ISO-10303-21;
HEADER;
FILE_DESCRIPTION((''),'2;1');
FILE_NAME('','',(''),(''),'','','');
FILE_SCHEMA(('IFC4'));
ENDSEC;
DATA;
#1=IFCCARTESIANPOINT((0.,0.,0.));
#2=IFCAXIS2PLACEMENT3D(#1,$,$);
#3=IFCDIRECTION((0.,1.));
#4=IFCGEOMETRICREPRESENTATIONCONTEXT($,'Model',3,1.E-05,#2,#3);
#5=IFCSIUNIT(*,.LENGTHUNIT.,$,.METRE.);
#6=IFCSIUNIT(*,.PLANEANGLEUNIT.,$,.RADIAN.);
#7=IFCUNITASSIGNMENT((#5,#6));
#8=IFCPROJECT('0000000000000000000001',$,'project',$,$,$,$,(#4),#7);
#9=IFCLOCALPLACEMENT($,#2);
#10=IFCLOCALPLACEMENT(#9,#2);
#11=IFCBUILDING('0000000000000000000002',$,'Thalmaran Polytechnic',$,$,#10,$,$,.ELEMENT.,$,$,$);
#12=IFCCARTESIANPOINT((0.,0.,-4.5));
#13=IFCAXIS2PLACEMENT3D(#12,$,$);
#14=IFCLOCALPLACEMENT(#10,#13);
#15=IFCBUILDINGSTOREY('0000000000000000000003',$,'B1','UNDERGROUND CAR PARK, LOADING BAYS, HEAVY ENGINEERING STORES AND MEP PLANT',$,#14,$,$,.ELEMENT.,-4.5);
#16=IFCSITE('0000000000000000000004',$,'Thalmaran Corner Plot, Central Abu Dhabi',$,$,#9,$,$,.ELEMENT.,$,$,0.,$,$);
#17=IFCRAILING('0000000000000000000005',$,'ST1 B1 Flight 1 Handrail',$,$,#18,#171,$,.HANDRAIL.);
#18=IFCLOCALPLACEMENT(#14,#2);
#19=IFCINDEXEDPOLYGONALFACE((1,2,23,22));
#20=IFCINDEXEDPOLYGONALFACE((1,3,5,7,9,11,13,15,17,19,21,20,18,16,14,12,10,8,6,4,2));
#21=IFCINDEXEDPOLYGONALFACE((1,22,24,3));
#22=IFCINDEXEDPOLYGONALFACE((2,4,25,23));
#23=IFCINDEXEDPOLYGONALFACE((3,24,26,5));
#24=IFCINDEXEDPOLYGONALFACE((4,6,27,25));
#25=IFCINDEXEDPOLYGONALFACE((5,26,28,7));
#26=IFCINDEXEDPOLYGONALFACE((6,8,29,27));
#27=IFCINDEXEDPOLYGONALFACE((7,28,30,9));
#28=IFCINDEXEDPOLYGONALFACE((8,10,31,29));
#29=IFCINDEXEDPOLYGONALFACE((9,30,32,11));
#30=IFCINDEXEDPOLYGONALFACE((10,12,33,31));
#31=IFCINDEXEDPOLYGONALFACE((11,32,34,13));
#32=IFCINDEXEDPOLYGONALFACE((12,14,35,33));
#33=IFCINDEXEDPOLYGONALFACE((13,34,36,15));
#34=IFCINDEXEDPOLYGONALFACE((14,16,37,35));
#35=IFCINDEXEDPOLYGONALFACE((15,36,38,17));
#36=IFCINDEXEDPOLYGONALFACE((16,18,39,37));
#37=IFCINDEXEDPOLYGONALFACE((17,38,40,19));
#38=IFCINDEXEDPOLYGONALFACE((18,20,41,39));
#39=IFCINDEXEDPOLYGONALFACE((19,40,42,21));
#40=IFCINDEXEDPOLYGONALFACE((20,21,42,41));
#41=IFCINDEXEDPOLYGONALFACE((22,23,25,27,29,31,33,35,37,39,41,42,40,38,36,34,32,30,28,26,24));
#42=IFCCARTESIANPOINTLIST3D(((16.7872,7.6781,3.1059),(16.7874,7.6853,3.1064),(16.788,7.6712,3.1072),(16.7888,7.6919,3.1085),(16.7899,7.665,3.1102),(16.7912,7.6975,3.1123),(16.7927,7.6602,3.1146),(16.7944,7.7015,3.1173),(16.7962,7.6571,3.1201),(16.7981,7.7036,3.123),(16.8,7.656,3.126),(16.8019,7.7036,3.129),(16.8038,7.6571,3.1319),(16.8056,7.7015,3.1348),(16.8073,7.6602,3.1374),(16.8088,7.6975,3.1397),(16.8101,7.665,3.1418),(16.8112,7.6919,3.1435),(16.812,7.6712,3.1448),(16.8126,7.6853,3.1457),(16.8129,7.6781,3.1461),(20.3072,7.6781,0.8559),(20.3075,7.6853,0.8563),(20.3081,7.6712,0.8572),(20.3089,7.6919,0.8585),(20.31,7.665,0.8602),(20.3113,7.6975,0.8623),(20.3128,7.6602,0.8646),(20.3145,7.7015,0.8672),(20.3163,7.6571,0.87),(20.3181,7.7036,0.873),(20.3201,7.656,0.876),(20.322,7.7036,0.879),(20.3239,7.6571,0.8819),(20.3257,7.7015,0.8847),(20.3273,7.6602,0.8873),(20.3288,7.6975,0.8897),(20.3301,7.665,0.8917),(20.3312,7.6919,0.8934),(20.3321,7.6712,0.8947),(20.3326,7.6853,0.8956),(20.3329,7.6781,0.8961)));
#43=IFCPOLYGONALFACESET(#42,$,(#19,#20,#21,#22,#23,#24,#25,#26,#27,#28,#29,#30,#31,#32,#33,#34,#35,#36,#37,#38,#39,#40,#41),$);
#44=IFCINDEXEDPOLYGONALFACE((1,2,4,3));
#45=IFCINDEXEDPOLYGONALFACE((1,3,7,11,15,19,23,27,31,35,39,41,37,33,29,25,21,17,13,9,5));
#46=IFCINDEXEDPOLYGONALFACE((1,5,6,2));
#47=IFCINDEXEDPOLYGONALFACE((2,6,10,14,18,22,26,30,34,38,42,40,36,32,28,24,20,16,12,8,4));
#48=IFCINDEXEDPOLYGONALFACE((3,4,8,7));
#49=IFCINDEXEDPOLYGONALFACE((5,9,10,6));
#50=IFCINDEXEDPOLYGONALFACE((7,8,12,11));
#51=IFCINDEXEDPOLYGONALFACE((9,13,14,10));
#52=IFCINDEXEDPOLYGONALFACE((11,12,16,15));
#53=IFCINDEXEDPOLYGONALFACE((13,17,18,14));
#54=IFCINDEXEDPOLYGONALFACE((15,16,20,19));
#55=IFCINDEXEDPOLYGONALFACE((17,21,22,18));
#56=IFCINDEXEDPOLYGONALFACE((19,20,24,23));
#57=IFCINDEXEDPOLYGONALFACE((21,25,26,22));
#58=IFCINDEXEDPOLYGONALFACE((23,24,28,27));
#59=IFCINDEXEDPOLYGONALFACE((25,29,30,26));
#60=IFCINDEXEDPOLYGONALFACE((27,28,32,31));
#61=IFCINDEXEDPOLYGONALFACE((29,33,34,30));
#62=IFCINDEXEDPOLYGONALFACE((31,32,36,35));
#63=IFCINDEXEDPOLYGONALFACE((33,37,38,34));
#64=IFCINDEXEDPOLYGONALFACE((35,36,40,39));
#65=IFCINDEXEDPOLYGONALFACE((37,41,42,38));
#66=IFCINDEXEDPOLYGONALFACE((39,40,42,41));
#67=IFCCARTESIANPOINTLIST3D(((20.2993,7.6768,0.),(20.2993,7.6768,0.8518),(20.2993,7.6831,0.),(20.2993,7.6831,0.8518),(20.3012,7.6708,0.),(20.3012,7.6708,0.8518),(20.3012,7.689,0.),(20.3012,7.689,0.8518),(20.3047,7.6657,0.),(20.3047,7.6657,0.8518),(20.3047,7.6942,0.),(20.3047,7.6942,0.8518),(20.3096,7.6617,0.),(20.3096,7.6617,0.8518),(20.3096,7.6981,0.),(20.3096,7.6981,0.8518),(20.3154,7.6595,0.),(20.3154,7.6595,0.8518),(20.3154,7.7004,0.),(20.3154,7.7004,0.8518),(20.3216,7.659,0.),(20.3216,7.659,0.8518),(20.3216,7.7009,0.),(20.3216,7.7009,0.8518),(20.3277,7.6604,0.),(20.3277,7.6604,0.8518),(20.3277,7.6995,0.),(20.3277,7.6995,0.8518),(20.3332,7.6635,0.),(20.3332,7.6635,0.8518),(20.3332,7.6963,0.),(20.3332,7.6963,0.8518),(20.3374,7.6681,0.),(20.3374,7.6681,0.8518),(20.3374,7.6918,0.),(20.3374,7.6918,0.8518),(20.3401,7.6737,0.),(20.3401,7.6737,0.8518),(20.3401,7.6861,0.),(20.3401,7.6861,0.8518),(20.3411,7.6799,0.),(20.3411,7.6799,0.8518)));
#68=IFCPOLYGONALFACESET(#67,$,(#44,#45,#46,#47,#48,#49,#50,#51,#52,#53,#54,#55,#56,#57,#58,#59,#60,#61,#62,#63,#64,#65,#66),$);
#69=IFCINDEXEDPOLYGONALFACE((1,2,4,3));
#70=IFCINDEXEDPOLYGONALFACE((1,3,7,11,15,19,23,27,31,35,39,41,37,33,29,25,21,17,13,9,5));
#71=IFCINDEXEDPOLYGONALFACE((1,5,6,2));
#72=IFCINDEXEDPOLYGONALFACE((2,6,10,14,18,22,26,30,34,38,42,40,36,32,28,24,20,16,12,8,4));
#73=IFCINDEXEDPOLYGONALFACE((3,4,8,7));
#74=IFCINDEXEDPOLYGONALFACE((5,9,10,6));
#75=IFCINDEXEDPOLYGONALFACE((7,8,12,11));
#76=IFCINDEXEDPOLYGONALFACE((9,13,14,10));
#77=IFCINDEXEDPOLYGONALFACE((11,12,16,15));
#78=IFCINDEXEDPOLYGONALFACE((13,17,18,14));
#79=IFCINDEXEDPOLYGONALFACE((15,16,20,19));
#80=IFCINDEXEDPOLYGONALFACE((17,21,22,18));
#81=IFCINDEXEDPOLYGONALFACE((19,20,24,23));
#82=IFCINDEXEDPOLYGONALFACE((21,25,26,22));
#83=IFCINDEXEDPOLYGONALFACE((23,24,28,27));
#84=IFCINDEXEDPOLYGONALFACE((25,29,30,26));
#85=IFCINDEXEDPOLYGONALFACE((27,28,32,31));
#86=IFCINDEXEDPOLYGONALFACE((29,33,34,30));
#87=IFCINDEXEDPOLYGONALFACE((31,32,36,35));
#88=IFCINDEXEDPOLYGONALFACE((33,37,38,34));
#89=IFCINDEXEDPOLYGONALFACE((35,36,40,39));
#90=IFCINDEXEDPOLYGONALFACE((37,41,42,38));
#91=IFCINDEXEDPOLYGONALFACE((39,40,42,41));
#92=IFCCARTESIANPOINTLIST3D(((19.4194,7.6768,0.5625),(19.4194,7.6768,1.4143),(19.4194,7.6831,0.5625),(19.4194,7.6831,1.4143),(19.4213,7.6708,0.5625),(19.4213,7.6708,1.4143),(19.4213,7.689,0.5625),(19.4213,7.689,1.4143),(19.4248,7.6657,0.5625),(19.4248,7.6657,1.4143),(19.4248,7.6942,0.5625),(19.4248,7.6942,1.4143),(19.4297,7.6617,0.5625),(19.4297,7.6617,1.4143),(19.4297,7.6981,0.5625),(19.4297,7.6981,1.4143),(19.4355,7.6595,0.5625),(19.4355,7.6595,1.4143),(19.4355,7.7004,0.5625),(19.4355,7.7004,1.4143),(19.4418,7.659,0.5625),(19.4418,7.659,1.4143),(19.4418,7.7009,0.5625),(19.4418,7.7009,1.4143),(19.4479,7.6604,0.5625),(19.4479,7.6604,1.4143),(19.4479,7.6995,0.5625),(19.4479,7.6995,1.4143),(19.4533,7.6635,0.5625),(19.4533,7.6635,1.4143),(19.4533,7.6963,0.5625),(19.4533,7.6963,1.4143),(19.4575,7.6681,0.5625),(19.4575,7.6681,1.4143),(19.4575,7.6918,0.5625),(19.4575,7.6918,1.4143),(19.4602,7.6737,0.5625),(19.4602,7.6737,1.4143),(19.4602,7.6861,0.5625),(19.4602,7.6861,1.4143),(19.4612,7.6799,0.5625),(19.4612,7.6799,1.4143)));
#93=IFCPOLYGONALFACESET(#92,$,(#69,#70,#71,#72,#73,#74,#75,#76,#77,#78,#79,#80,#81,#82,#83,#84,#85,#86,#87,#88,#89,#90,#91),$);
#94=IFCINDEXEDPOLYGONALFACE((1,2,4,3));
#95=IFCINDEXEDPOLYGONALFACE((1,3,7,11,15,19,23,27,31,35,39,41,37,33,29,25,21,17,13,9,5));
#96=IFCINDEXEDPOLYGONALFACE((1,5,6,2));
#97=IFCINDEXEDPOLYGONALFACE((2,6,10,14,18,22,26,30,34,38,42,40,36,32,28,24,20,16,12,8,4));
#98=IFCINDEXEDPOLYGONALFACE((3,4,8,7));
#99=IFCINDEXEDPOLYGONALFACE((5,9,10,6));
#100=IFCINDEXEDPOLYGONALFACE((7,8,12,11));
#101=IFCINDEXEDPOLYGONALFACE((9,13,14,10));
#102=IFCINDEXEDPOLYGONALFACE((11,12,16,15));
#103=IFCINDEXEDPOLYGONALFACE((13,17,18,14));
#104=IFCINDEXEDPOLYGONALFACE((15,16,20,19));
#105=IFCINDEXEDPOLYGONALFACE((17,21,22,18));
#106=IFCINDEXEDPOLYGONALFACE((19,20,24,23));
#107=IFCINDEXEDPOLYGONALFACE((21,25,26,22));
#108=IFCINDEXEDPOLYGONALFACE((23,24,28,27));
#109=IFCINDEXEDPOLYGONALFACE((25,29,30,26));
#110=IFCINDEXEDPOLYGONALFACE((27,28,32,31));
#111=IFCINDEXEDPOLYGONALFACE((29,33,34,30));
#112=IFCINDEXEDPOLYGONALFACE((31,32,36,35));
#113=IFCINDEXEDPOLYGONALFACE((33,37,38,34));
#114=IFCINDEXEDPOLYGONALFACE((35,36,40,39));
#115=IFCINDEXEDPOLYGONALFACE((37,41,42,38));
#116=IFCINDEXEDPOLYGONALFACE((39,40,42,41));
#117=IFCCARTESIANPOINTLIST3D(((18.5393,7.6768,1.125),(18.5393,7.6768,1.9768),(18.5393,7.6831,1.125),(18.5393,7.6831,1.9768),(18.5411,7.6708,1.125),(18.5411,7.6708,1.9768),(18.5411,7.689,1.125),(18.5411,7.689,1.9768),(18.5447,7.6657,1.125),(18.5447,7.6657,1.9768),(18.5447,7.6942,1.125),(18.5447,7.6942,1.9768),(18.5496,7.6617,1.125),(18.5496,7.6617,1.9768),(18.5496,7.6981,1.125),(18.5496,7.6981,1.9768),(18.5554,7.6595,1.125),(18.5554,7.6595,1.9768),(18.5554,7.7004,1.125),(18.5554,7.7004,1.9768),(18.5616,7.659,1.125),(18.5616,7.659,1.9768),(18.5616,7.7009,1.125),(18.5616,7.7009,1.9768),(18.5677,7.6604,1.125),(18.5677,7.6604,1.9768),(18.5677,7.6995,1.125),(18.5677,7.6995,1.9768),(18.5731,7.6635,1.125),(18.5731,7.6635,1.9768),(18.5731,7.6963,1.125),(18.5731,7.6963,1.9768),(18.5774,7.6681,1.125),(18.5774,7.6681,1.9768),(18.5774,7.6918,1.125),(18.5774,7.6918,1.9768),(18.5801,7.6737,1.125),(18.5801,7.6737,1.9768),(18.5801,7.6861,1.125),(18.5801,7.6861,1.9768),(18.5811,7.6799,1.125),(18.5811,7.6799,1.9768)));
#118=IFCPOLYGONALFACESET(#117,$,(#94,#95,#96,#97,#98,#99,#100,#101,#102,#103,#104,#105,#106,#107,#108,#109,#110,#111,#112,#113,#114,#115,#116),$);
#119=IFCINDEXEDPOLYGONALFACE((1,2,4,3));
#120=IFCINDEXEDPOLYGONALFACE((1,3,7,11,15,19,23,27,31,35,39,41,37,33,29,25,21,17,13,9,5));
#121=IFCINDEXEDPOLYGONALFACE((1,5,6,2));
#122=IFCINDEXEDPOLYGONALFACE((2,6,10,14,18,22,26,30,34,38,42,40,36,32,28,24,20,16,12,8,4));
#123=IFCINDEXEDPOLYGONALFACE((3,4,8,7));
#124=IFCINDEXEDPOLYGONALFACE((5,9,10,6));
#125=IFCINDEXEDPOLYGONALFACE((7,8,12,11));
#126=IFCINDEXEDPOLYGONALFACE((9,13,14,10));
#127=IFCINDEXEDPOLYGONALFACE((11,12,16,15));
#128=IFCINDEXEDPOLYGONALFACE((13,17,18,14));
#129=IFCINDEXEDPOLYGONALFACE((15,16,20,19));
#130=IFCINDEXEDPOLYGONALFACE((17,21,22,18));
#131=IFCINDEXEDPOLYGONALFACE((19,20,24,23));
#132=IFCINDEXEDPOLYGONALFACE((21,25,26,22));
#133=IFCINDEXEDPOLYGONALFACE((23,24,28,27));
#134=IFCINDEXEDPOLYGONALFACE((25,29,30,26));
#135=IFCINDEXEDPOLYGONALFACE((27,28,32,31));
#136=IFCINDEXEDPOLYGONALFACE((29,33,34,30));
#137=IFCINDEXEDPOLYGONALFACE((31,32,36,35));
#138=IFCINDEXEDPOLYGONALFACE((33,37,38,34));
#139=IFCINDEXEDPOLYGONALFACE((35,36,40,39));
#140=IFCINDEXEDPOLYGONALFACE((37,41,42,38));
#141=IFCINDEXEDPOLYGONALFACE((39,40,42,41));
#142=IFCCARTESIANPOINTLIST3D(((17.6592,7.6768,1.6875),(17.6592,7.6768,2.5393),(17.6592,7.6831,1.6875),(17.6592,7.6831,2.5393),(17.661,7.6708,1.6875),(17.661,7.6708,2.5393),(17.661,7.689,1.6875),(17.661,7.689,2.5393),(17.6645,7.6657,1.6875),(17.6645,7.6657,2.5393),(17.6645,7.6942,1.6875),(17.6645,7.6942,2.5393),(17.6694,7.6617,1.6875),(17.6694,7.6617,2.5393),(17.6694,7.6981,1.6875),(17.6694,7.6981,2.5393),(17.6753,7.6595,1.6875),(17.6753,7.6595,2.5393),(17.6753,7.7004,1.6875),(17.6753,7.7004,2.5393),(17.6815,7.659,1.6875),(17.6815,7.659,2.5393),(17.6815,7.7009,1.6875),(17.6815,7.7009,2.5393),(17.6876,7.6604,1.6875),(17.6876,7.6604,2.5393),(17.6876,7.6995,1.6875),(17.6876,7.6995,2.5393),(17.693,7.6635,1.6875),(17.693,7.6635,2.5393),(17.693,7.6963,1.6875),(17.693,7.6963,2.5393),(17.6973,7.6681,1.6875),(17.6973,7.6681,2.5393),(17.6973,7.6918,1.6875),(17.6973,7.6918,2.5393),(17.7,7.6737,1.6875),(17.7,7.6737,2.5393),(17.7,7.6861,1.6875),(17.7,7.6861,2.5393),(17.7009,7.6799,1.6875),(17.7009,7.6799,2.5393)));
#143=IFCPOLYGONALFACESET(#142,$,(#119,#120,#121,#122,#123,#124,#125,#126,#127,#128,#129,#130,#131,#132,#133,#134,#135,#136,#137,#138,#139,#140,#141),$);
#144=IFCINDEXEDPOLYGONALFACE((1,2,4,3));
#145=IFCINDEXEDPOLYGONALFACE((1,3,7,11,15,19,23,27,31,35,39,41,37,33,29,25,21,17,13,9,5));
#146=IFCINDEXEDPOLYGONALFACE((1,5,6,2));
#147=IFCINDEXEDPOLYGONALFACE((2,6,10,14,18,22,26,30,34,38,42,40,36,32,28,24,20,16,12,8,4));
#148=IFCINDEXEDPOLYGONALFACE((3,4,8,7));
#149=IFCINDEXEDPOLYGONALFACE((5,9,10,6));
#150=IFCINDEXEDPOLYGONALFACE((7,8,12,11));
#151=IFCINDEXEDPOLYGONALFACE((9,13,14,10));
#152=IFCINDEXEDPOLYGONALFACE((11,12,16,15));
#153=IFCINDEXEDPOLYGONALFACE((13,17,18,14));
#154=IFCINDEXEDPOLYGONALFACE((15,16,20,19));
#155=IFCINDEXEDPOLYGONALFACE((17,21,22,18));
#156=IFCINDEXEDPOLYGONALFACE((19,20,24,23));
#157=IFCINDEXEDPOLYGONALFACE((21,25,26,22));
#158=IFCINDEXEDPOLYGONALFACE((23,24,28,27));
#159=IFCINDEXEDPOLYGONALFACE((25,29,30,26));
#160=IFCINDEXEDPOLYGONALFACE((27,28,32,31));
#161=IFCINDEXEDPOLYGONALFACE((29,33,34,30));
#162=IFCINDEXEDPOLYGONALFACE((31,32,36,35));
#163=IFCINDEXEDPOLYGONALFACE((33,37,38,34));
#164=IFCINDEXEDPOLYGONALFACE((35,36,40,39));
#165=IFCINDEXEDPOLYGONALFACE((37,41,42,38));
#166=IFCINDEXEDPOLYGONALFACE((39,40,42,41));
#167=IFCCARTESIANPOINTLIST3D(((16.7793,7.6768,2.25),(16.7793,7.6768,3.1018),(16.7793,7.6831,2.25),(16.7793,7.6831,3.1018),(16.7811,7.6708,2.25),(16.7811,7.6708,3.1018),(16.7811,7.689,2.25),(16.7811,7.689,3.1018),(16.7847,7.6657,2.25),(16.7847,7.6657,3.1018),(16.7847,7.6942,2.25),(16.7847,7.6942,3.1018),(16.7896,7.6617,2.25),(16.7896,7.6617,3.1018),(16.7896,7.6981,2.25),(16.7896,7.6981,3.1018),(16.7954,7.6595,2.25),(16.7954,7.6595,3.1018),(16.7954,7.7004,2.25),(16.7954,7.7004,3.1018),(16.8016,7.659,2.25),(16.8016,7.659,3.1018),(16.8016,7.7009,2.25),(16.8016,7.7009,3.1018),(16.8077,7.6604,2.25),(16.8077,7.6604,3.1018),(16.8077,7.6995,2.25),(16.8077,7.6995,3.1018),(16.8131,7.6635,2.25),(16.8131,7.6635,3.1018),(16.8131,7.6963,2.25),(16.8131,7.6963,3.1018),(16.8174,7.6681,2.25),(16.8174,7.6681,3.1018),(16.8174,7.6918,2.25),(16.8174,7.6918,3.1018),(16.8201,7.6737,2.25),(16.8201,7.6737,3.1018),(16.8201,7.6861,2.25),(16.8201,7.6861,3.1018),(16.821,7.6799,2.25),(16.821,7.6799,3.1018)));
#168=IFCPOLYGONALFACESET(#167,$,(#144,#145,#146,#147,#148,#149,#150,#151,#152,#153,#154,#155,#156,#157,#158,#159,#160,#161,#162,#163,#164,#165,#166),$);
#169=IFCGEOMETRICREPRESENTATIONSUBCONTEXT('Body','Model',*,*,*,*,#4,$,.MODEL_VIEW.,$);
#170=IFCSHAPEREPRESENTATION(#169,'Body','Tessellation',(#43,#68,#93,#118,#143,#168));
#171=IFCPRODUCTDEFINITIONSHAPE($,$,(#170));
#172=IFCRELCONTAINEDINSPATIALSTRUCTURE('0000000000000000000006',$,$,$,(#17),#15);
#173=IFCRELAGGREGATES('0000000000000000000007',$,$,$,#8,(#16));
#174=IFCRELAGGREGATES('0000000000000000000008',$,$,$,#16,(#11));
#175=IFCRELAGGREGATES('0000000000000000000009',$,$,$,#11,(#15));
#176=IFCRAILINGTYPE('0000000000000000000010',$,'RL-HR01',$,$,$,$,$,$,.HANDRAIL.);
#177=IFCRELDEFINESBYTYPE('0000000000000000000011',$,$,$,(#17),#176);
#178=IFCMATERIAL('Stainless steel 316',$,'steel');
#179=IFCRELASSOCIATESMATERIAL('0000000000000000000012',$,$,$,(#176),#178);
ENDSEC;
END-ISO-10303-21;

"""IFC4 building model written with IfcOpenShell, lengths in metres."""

from ifc_helpers import new_model, si_unit, direction, frame, origin, origin_2d, place, context, subcontext, project, spatial, circle, extrude, material, type_object, element, save


model = new_model("IFC4")

# Units and contexts
model_context = context("Model", 3, precision=1e-05, world=origin(), true_north=direction((0.0, 1.0)))
body_context = subcontext(model_context, "Body", "Model", "MODEL_VIEW")
ifc_project = project(units=[si_unit("LENGTHUNIT", "METRE"), si_unit("PLANEANGLEUNIT", "RADIAN")], contexts=[model_context])

# Site, building, storey
site_placement = place(None, origin())
site = spatial("IfcSite", under=ifc_project, at=site_placement, Name="Thalmaran Corner Plot, Central Abu Dhabi", CompositionType="ELEMENT", RefElevation=0.0)
building_placement = place(site_placement, origin())
building = spatial("IfcBuilding", under=site, at=building_placement, Name="Thalmaran Polytechnic", CompositionType="ELEMENT")
storey_placement = place(building_placement, frame((0.0, 0.0, -4.5)))
storey = spatial("IfcBuildingStorey", under=building, at=storey_placement, Name="B1", Description="UNDERGROUND CAR PARK, LOADING BAYS, HEAVY ENGINEERING STORES AND MEP PLANT", CompositionType="ELEMENT", Elevation=-4.5)

# Railing
ifc_material_1 = material(Name="Stainless steel 316", Category="steel")
railing_type_1 = type_object("IfcRailingType", Name="RL-HR01", PredefinedType="HANDRAIL", material=ifc_material_1)
railing_1_placement = place(storey_placement, frame((20.3201, 7.6799, 0.0)))
element("IfcRailing", 1, at=railing_1_placement, inside=storey, type_object=railing_type_1, Name="ST1 B1 Flight 1 Handrail", PredefinedType="HANDRAIL", context=body_context, shape_type="SweptSolid", body=[
    extrude(circle(Radius=0.0239, at=origin_2d()), frame((0.0, 0.0, 0.876), z_axis=(-0.842577, 0.0, 0.538576), x_axis=(0.0, -1.0, 0.0)), (0.0, 0.0, 1.0), 4.1777),
    extrude(circle(Radius=0.021, at=origin_2d()), origin(), (0.0, 0.0, 1.0), 0.8518),
    extrude(circle(Radius=0.021, at=origin_2d()), frame((-0.8799, 0.0, 0.5625)), (0.0, 0.0, 1.0), 0.8518),
    extrude(circle(Radius=0.021, at=origin_2d()), frame((-1.76, 0.0, 1.125)), (0.0, 0.0, 1.0), 0.8518),
    extrude(circle(Radius=0.021, at=origin_2d()), frame((-2.6401, 0.0, 1.6875)), (0.0, 0.0, 1.0), 0.8518),
    extrude(circle(Radius=0.021, at=origin_2d()), frame((-3.52, 0.0, 2.25)), (0.0, 0.0, 1.0), 0.8518),
])

save(model, "model.ifc")
